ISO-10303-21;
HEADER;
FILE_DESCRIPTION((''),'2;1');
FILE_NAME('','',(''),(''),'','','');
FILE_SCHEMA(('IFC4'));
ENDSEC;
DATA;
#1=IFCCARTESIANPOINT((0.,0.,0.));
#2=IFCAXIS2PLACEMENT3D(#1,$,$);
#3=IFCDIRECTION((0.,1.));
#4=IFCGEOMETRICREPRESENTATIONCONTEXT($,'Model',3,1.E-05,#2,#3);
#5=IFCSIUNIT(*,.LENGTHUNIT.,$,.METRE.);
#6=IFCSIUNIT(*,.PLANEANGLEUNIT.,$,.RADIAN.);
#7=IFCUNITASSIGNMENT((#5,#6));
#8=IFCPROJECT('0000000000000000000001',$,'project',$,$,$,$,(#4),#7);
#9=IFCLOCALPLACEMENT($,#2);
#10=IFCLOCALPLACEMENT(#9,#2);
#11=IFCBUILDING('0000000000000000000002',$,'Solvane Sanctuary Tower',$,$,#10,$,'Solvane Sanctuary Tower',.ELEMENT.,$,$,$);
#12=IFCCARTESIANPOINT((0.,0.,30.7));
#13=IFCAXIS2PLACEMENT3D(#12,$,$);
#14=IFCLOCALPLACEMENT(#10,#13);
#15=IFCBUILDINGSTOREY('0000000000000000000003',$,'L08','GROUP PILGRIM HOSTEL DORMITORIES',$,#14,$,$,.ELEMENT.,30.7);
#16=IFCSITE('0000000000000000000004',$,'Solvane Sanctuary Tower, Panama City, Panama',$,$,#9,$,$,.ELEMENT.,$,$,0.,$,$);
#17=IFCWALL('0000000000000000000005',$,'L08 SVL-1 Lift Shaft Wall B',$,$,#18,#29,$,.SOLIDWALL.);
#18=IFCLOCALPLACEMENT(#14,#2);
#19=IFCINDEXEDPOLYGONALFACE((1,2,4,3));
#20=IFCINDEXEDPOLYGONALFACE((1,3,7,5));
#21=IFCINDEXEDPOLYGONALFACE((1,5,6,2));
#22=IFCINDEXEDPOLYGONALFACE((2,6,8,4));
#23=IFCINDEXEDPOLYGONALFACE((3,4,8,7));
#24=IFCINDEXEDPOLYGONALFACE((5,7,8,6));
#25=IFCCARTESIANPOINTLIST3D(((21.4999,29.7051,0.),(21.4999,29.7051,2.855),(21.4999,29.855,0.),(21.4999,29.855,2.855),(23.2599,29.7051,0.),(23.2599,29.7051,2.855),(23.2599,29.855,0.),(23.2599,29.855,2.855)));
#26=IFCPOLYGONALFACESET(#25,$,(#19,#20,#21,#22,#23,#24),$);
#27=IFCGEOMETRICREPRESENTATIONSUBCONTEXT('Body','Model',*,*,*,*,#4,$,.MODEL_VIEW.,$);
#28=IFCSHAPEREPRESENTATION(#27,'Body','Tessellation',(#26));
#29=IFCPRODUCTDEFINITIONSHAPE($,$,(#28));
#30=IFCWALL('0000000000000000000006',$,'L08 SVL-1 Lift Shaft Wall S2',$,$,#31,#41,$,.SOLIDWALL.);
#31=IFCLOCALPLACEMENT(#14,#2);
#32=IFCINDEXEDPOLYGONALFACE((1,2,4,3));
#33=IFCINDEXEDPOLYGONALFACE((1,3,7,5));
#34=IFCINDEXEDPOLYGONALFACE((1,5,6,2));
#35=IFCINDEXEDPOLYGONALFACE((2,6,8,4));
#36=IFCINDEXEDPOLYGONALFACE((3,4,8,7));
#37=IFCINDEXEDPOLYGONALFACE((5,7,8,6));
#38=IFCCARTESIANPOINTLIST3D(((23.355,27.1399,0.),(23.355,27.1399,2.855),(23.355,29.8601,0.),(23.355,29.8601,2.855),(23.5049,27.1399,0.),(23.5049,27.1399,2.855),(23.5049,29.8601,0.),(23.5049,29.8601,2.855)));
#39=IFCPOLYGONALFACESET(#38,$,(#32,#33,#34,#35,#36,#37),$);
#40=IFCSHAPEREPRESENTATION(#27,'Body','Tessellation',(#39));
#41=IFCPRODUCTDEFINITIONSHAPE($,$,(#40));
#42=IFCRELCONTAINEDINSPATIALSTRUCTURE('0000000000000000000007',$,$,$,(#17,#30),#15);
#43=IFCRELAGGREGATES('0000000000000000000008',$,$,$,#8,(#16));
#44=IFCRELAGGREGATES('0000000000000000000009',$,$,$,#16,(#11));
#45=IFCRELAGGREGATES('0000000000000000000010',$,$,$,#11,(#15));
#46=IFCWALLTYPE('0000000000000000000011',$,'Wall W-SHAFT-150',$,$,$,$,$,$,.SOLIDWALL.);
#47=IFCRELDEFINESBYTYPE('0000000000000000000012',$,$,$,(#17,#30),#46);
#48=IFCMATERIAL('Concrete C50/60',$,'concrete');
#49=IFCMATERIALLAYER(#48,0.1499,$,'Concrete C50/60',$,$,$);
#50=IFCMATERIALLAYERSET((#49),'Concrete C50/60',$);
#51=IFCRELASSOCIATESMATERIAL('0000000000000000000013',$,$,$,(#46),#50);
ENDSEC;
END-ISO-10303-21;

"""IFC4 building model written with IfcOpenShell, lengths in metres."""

from ifc_helpers import new_model, si_unit, direction, frame, frame_2d, origin, place, context, subcontext, project, spatial, rectangle, extrude, material, layer, layer_set, type_object, element, save


model = new_model("IFC4")

# Units and contexts
model_context = context("Model", 3, precision=1e-05, world=origin(), true_north=direction((0.0, 1.0)))
body_context = subcontext(model_context, "Body", "Model", "MODEL_VIEW")
ifc_project = project(units=[si_unit("LENGTHUNIT", "METRE"), si_unit("PLANEANGLEUNIT", "RADIAN")], contexts=[model_context])

# Site, building, storey
site_placement = place(None, origin())
site = spatial("IfcSite", under=ifc_project, at=site_placement, Name="Solvane Sanctuary Tower, Panama City, Panama", CompositionType="ELEMENT", RefElevation=0.0)
building_placement = place(site_placement, origin())
building = spatial("IfcBuilding", under=site, at=building_placement, Name="Solvane Sanctuary Tower", LongName="Solvane Sanctuary Tower", CompositionType="ELEMENT")
storey_placement = place(building_placement, frame((0.0, 0.0, 30.7)))
storey = spatial("IfcBuildingStorey", under=building, at=storey_placement, Name="L08", Description="GROUP PILGRIM HOSTEL DORMITORIES", CompositionType="ELEMENT", Elevation=30.7)

# Shared definitions
ifc_material_1 = material(Name="Concrete C50/60", Category="concrete")
ifc_layer_1 = layer(ifc_material_1, 0.1499, Name="Concrete C50/60")
ifc_layer_set_1 = layer_set([ifc_layer_1], Name="Concrete C50/60")
wall_type_1 = type_object("IfcWallType", Name="Wall W-SHAFT-150", PredefinedType="SOLIDWALL", material=ifc_layer_set_1)

# Walls
wall_1_placement = place(storey_placement, frame((21.5, 29.78, 0.0), z_axis=(0.0, 0.0, 1.0), x_axis=(1.0, 0.0, 0.0)))
element("IfcWall", 1, at=wall_1_placement, inside=storey, type_object=wall_type_1, Name="L08 SVL-1 Lift Shaft Wall B", PredefinedType="SOLIDWALL", context=body_context, shape_type="SweptSolid", body=[
    extrude(rectangle(XDim=1.76, YDim=0.1499, at=frame_2d((0.8799, 0.0))), origin(), (0.0, 0.0, 1.0), 2.855),
])
wall_2_placement = place(storey_placement, frame((23.4299, 27.1399, 0.0), z_axis=(0.0, 0.0, 1.0), x_axis=(0.0, 1.0, 0.0)))
element("IfcWall", 2, at=wall_2_placement, inside=storey, type_object=wall_type_1, Name="L08 SVL-1 Lift Shaft Wall S2", PredefinedType="SOLIDWALL", context=body_context, shape_type="SweptSolid", body=[
    extrude(rectangle(XDim=2.7202, YDim=0.1499, at=frame_2d((1.3601, 0.0))), origin(), (0.0, 0.0, 1.0), 2.855),
])

save(model, "model.ifc")
